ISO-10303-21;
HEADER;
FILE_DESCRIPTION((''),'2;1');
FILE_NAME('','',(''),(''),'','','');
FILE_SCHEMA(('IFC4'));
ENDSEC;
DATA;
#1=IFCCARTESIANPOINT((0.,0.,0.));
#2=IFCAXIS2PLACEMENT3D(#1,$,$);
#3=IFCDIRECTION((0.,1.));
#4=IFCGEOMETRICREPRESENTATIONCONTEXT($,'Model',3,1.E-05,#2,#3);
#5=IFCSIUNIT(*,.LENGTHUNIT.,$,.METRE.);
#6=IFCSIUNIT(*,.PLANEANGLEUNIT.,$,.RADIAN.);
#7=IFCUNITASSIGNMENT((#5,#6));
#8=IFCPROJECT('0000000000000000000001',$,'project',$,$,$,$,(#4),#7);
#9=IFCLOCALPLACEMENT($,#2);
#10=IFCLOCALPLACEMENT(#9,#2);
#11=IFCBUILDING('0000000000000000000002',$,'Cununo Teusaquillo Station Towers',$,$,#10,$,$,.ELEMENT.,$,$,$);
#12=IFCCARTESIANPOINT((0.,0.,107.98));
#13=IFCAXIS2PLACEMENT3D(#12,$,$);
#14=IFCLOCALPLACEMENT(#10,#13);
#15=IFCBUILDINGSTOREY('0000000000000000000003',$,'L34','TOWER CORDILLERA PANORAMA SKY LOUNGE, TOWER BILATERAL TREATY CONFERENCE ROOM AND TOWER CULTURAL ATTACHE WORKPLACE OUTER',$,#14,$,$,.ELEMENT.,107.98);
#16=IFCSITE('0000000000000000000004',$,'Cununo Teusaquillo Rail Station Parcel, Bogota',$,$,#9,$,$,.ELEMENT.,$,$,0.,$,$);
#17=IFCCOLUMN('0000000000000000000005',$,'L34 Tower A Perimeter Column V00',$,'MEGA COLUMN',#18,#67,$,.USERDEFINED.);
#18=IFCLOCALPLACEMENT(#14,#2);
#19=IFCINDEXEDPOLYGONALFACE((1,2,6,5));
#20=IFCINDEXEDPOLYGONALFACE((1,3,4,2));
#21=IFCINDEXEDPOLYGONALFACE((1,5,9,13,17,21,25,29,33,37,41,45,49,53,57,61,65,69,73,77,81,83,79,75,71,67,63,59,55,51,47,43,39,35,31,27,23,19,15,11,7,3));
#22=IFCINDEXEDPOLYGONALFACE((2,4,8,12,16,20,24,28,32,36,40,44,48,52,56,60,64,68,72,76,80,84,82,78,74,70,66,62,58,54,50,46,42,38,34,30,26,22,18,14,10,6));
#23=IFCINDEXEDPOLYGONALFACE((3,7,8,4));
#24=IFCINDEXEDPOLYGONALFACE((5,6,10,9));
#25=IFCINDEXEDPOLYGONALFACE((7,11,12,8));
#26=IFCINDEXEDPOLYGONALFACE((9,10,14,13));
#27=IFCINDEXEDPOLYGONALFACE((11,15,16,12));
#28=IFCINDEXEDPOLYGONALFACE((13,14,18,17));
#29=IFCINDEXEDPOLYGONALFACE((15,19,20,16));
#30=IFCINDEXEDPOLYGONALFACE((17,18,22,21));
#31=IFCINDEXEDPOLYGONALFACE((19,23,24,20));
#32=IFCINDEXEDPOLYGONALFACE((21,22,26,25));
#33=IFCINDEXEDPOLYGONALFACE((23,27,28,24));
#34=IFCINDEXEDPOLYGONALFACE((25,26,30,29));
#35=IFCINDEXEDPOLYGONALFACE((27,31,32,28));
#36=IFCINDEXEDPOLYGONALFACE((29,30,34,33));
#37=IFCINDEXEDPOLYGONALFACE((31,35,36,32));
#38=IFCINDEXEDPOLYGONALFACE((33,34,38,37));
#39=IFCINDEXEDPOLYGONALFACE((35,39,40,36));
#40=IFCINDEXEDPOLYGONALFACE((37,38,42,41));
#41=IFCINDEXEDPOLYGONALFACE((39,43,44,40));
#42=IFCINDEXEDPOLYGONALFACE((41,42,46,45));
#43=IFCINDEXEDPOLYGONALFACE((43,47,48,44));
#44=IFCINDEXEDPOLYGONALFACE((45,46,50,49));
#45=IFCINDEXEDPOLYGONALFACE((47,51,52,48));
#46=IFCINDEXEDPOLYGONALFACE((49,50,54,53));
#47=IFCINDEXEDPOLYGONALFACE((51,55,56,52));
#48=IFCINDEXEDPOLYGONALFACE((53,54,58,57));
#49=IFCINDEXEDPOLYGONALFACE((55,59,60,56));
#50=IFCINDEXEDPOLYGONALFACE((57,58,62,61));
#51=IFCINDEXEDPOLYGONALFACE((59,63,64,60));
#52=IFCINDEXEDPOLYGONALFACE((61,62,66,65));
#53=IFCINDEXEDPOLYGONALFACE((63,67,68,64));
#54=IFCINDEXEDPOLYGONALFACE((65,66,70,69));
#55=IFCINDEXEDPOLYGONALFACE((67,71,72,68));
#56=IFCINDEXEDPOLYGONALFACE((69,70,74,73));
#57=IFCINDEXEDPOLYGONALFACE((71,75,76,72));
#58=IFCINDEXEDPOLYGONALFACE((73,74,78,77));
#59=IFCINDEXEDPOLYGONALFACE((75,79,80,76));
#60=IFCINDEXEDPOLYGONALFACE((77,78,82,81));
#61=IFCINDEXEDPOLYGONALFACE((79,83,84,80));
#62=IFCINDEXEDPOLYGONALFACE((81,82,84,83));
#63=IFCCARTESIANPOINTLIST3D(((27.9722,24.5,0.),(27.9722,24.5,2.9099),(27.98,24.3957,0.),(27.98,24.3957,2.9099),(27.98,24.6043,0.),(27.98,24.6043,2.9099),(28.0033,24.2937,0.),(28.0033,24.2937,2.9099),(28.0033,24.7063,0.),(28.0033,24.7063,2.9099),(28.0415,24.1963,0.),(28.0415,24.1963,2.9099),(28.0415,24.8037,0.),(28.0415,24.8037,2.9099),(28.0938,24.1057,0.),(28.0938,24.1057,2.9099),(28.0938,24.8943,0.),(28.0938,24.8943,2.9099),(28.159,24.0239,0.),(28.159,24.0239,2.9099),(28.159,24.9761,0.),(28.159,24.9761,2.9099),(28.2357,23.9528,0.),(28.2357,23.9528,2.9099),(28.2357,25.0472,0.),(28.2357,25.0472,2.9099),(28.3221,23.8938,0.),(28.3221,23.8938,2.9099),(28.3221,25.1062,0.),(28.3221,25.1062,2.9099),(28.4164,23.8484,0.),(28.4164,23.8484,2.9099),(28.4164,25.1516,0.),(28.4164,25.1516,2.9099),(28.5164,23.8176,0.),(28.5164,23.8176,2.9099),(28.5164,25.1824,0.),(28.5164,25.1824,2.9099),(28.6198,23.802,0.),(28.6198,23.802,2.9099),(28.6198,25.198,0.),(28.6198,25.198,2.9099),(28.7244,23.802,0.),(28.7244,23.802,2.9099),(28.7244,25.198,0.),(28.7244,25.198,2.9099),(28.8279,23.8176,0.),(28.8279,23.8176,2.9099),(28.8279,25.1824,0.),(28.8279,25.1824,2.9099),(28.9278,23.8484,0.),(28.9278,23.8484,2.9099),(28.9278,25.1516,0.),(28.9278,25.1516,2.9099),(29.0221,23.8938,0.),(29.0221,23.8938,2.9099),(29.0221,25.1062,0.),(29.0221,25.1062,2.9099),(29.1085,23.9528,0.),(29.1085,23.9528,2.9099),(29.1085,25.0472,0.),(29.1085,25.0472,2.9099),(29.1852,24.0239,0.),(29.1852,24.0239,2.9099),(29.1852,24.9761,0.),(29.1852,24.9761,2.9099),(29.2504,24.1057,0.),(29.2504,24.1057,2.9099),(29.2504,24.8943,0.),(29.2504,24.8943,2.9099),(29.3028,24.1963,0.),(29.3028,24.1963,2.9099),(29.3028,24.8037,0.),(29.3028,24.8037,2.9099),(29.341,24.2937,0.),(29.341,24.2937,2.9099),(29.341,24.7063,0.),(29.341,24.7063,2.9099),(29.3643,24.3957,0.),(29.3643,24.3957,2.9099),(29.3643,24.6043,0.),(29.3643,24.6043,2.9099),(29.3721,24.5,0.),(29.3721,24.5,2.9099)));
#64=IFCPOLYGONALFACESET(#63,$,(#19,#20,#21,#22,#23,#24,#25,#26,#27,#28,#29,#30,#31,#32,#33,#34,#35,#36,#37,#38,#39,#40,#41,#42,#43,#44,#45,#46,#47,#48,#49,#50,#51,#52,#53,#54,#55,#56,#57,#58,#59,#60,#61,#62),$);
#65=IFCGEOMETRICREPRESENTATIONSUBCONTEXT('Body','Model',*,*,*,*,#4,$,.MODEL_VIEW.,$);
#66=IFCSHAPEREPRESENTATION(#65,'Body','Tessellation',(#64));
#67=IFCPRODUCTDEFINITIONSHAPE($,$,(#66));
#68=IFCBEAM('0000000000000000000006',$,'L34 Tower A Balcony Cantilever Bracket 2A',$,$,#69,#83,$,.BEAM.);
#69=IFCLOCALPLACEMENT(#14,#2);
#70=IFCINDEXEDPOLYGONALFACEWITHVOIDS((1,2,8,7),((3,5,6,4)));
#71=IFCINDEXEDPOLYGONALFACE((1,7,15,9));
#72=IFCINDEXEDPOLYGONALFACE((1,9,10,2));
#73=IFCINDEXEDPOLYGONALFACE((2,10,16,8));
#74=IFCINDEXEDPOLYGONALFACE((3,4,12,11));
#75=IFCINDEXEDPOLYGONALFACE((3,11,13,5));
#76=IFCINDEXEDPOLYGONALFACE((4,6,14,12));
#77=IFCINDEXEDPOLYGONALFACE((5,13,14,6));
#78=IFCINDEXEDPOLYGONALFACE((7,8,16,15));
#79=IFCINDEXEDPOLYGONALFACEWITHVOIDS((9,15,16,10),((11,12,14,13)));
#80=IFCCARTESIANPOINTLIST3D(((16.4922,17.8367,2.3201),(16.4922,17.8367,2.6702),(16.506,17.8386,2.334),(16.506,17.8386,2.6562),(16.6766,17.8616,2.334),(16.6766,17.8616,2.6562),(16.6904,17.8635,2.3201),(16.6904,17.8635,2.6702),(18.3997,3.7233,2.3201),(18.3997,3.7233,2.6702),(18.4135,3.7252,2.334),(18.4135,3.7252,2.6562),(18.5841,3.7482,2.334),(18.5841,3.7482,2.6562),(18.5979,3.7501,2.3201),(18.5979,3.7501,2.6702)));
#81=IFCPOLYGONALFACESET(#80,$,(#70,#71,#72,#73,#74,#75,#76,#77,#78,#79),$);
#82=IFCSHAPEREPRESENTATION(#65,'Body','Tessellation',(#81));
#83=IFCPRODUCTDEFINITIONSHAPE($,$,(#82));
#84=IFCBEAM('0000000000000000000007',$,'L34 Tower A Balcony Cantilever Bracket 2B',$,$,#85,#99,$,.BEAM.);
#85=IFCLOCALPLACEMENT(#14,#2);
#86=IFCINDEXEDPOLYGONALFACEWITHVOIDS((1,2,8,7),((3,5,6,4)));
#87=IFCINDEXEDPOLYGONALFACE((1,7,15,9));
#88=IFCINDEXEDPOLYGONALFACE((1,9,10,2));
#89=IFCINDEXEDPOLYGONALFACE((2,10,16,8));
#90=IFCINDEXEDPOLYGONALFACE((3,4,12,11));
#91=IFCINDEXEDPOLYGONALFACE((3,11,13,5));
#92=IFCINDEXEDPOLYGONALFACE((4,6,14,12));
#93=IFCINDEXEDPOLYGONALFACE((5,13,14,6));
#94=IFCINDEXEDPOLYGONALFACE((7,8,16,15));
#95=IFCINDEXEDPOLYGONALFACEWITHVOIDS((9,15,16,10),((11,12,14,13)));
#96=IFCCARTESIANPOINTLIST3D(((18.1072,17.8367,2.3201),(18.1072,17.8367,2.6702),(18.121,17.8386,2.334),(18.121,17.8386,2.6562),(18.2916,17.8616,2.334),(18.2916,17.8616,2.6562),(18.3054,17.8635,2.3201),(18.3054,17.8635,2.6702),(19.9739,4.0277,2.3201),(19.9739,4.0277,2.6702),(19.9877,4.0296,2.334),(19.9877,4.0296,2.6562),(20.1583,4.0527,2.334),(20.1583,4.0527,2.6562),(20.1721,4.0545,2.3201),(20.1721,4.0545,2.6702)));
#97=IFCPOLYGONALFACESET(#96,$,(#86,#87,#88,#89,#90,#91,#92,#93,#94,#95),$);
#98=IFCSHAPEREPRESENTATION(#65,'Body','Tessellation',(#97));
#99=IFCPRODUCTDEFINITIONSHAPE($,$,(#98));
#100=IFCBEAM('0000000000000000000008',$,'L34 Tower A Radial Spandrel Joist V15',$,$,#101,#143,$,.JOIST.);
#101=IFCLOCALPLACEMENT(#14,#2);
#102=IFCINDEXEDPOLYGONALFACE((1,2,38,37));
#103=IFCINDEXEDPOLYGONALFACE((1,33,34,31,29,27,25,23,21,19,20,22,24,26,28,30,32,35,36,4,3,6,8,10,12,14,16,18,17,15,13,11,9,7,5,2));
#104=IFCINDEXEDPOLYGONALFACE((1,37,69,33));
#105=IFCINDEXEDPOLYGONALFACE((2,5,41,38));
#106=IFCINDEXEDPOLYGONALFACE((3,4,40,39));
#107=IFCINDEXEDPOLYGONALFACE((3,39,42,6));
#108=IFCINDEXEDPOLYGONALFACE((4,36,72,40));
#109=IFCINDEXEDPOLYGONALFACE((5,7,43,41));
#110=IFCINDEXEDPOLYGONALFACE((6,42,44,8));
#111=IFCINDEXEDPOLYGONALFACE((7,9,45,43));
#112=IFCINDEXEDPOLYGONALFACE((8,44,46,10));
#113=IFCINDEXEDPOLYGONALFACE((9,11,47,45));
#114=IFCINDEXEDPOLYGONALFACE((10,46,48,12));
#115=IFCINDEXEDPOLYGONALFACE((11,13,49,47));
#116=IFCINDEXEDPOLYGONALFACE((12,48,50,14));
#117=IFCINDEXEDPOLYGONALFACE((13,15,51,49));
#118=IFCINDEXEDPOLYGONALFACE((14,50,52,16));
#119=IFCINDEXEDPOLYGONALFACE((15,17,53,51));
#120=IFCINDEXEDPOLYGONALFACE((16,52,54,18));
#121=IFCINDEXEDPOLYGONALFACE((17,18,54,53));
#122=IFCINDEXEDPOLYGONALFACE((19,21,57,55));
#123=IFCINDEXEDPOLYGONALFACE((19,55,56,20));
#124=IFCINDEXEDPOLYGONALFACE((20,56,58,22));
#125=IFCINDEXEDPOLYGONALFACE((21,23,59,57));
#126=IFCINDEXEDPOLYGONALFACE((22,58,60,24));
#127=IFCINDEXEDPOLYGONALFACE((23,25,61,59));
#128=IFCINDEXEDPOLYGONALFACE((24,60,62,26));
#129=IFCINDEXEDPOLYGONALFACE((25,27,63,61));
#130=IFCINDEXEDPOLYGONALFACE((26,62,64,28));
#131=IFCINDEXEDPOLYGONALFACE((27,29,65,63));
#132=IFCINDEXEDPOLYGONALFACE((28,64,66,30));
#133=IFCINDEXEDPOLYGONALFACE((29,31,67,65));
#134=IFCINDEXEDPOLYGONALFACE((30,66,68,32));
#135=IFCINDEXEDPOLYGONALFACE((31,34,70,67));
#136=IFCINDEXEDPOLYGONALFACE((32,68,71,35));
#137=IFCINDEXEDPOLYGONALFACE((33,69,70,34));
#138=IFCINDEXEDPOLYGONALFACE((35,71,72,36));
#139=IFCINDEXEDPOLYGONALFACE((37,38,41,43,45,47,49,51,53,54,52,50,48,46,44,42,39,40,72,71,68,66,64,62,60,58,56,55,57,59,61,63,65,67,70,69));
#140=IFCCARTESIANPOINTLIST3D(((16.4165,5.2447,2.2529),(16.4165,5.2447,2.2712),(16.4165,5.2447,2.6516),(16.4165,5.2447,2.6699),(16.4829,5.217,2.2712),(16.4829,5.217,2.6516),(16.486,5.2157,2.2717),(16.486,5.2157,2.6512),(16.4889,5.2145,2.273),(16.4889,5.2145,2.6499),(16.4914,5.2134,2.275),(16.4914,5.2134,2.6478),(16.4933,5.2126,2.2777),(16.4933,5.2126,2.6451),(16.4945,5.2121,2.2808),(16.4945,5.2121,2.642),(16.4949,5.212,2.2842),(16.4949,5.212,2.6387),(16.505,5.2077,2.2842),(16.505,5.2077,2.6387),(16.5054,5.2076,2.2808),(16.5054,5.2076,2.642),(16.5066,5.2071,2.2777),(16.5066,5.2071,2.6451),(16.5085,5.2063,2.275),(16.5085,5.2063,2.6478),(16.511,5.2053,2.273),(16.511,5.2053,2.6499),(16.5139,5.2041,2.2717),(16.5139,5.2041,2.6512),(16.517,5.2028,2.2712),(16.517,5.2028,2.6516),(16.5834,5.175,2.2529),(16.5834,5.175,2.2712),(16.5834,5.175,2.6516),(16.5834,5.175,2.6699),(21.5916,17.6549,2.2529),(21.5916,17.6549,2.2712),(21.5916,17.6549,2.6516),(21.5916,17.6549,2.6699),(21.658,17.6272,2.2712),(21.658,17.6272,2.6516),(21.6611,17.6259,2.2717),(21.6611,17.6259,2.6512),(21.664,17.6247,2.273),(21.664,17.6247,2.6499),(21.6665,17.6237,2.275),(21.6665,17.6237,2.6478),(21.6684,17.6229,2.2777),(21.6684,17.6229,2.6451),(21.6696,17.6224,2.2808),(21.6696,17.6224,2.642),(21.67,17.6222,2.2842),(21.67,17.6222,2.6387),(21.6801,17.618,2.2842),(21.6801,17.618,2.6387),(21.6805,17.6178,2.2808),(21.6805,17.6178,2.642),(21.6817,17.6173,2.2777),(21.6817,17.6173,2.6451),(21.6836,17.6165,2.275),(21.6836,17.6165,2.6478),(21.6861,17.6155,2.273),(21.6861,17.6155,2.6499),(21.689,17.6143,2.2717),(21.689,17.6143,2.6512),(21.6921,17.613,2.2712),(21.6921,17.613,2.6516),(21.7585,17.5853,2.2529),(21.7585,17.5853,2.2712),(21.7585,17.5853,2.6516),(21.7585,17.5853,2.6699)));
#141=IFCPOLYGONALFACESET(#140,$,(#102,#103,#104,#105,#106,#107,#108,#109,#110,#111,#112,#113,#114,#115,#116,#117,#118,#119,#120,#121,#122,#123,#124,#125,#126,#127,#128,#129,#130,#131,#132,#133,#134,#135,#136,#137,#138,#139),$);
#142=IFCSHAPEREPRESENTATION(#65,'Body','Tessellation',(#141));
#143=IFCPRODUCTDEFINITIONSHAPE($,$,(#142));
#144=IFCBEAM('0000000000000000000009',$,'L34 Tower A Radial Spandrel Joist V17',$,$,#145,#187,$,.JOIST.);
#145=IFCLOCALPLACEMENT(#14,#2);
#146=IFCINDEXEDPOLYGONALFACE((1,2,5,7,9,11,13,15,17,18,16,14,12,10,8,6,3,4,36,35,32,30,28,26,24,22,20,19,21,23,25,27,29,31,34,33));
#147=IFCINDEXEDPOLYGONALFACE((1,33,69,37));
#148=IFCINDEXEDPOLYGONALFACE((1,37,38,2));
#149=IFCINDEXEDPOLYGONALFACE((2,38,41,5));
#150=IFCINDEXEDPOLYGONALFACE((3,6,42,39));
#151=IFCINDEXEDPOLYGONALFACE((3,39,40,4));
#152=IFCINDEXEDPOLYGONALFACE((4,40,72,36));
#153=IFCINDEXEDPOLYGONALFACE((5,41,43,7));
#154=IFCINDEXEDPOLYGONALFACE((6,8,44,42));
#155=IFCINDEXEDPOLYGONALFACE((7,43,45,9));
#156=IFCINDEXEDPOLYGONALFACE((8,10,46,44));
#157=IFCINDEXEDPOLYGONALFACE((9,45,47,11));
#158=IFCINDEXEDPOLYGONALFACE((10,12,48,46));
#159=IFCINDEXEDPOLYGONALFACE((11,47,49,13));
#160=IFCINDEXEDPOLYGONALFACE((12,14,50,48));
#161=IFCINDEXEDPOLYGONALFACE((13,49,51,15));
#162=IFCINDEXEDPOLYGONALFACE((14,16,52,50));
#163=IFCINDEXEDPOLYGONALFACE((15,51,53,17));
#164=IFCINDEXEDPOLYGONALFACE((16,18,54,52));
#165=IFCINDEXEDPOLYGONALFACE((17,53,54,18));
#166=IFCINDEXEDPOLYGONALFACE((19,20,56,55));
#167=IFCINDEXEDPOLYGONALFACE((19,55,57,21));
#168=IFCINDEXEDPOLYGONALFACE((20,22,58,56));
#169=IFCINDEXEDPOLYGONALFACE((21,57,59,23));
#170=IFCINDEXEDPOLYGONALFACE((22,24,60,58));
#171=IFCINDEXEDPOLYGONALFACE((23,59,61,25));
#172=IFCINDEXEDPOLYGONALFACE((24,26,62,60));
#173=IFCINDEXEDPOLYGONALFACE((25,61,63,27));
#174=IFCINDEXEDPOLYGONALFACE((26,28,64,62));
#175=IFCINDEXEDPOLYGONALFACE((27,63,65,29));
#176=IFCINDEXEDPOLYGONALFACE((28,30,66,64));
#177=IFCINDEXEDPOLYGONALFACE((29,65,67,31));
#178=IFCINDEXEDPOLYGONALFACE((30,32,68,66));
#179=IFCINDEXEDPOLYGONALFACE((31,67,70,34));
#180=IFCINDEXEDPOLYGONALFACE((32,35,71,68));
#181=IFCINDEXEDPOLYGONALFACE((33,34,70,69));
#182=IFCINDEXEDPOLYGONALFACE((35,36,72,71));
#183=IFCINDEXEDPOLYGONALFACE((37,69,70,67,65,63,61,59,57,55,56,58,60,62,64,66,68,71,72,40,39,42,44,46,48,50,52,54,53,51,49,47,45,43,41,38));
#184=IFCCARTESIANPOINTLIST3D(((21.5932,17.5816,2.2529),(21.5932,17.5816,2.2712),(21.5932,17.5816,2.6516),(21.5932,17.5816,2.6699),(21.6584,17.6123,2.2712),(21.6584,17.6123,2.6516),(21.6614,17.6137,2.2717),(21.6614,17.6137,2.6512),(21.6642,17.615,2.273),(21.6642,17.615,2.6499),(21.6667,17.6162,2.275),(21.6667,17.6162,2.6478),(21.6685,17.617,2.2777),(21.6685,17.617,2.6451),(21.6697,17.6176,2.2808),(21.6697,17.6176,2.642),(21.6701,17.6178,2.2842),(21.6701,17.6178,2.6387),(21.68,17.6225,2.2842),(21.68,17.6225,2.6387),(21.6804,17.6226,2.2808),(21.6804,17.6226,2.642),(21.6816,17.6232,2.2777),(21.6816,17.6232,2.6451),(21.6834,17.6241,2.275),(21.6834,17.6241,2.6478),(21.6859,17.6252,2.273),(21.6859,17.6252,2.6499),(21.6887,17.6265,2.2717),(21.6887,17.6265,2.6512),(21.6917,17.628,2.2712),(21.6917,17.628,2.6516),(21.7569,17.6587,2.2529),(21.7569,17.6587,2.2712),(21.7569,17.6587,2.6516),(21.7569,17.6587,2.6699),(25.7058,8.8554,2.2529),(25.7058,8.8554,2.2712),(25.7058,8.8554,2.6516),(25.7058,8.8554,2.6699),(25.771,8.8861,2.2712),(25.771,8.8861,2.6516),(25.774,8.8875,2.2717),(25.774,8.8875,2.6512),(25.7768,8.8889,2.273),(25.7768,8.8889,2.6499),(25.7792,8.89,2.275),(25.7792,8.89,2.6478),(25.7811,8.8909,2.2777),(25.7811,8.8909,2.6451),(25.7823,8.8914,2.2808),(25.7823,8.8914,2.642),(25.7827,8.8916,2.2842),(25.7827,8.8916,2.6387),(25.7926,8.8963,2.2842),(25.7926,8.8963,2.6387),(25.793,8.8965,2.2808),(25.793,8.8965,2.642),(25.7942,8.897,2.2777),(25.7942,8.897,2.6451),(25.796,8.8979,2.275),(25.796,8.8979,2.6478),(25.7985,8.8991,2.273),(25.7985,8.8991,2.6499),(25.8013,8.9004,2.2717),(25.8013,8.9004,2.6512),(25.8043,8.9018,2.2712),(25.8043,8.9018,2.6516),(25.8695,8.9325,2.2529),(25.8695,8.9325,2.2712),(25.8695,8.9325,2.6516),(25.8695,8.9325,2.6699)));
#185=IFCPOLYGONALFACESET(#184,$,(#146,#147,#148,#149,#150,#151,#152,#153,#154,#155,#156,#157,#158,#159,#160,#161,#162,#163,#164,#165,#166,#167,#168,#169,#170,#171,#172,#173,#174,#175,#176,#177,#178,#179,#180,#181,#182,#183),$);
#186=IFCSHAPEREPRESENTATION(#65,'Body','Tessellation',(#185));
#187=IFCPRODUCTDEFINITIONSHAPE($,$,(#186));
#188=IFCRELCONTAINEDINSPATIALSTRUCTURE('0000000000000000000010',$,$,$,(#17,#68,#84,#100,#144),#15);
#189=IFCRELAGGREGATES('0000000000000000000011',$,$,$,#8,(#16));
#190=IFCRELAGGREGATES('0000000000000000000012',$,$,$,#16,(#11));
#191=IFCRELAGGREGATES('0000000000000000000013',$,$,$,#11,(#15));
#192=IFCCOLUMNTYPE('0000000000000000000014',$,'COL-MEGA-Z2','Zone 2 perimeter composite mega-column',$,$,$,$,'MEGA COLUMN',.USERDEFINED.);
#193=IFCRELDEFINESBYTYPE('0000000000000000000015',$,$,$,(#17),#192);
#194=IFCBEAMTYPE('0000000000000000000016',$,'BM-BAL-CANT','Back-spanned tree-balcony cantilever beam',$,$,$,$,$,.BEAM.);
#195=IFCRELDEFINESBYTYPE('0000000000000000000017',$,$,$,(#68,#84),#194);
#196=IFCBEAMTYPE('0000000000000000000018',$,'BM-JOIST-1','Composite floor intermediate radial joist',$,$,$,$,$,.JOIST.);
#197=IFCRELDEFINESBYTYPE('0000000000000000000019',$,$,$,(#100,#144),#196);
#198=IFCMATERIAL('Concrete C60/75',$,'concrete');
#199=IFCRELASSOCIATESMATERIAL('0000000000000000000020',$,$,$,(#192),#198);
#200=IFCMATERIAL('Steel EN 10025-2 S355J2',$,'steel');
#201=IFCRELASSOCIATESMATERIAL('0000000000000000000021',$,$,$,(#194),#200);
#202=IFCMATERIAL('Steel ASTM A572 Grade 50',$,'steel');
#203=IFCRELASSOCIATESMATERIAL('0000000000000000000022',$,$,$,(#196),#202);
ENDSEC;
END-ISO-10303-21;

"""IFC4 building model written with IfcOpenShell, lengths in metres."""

from ifc_helpers import new_model, si_unit, direction, frame, origin, origin_2d, place, context, subcontext, project, spatial, hollow_rectangle, circle, i_section, extrude, material, material_profile, profile_set, type_object, element, save


model = new_model("IFC4")

# Units and contexts
model_context = context("Model", 3, precision=1e-05, world=origin(), true_north=direction((0.0, 1.0)))
body_context = subcontext(model_context, "Body", "Model", "MODEL_VIEW")
ifc_project = project(units=[si_unit("LENGTHUNIT", "METRE"), si_unit("PLANEANGLEUNIT", "RADIAN")], contexts=[model_context])

# Site, building, storey
site_placement = place(None, origin())
site = spatial("IfcSite", under=ifc_project, at=site_placement, Name="Cununo Teusaquillo Rail Station Parcel, Bogota", CompositionType="ELEMENT", RefElevation=0.0)
building_placement = place(site_placement, origin())
building = spatial("IfcBuilding", under=site, at=building_placement, Name="Cununo Teusaquillo Station Towers", CompositionType="ELEMENT")
storey_placement = place(building_placement, frame((0.0, 0.0, 107.98)))
storey = spatial("IfcBuildingStorey", under=building, at=storey_placement, Name="L34", Description="TOWER CORDILLERA PANORAMA SKY LOUNGE, TOWER BILATERAL TREATY CONFERENCE ROOM AND TOWER CULTURAL ATTACHE WORKPLACE OUTER", CompositionType="ELEMENT", Elevation=107.98)

# Column
ifc_material_1 = material(Name="Concrete C60/75", Category="concrete")
ifc_material_profile_1 = material_profile(ifc_material_1, circle(Radius=0.7, at=origin_2d()), Name="RC-CIRC-1400")
ifc_profile_set_1 = profile_set([ifc_material_profile_1], Name="Concrete C60/75")
column_type = type_object("IfcColumnType", Name="COL-MEGA-Z2", Description="Zone 2 perimeter composite mega-column", ElementType="MEGA COLUMN", PredefinedType="USERDEFINED", material=ifc_profile_set_1)
column_placement = place(storey_placement, frame((28.6721, 24.5, 0.0), z_axis=(0.0, 0.0, 1.0), x_axis=(1.0, 0.0, 0.0)))
element("IfcColumn", 1, at=column_placement, inside=storey, type_object=column_type, Name="L34 Tower A Perimeter Column V00", ObjectType="MEGA COLUMN", PredefinedType="USERDEFINED", context=body_context, shape_type="SweptSolid", body=[
    extrude(circle(Radius=0.7, at=origin_2d()), origin(), (0.0, 0.0, 1.0), 2.9099),
])

# Beams
ifc_material_2 = material(Name="Steel EN 10025-2 S355J2", Category="steel")
ifc_material_profile_2 = material_profile(ifc_material_2, hollow_rectangle(XDim=0.2, YDim=0.3501, WallThickness=0.0139, at=origin_2d()), Name="RHS 350x200x14")
ifc_profile_set_2 = profile_set([ifc_material_profile_2], Name="Steel EN 10025-2 S355J2")
beam_type_1 = type_object("IfcBeamType", Name="BM-BAL-CANT", Description="Back-spanned tree-balcony cantilever beam", PredefinedType="BEAM", material=ifc_profile_set_2)
beam_1_placement = place(storey_placement, frame((16.5913, 17.8501, 2.4951), z_axis=(0.133937, -0.99099, 0.0), x_axis=(0.99099, 0.133937, 0.0)))
element("IfcBeam", 2, at=beam_1_placement, inside=storey, type_object=beam_type_1, Name="L34 Tower A Balcony Cantilever Bracket 2A", PredefinedType="BEAM", context=body_context, shape_type="SweptSolid", body=[
    extrude(hollow_rectangle(XDim=0.2, YDim=0.3501, WallThickness=0.0139, at=origin_2d()), origin(), (0.0, 0.0, 1.0), 14.2417),
])
beam_2_placement = place(storey_placement, frame((18.2063, 17.8501, 2.4951), z_axis=(0.133961, -0.990987, 0.0), x_axis=(0.990987, 0.133961, 0.0)))
element("IfcBeam", 3, at=beam_2_placement, inside=storey, type_object=beam_type_1, Name="L34 Tower A Balcony Cantilever Bracket 2B", PredefinedType="BEAM", context=body_context, shape_type="SweptSolid", body=[
    extrude(hollow_rectangle(XDim=0.2, YDim=0.3501, WallThickness=0.0139, at=origin_2d()), origin(), (0.0, 0.0, 1.0), 13.9346),
])
ifc_material_3 = material(Name="Steel ASTM A572 Grade 50", Category="steel")
ifc_material_profile_3 = material_profile(ifc_material_3, i_section(OverallWidth=0.1809, OverallDepth=0.417, WebThickness=0.011, FlangeThickness=0.0183, FilletRadius=0.0129, at=origin_2d()), Name="W16X57")
ifc_profile_set_3 = profile_set([ifc_material_profile_3], Name="Steel ASTM A572 Grade 50")
beam_type_2 = type_object("IfcBeamType", Name="BM-JOIST-1", Description="Composite floor intermediate radial joist", PredefinedType="JOIST", material=ifc_profile_set_3)
beam_3_placement = place(storey_placement, frame((21.675, 17.6201, 2.4614), z_axis=(-0.384878, -0.922967, 0.0), x_axis=(0.922967, -0.384878, 0.0)))
element("IfcBeam", 4, at=beam_3_placement, inside=storey, type_object=beam_type_2, Name="L34 Tower A Radial Spandrel Joist V15", PredefinedType="JOIST", context=body_context, shape_type="SweptSolid", body=[
    extrude(i_section(OverallWidth=0.1809, OverallDepth=0.417, WebThickness=0.011, FlangeThickness=0.0183, FilletRadius=0.0129, at=origin_2d()), origin(), (0.0, 0.0, 1.0), 13.446),
])
beam_4_placement = place(storey_placement, frame((21.675, 17.6201, 2.4614), z_axis=(0.42632, -0.904572, 0.0), x_axis=(0.904572, 0.42632, 0.0)))
element("IfcBeam", 5, at=beam_4_placement, inside=storey, type_object=beam_type_2, Name="L34 Tower A Radial Spandrel Joist V17", PredefinedType="JOIST", context=body_context, shape_type="SweptSolid", body=[
    extrude(i_section(OverallWidth=0.1809, OverallDepth=0.417, WebThickness=0.011, FlangeThickness=0.0183, FilletRadius=0.0129, at=origin_2d()), origin(), (0.0, 0.0, 1.0), 9.6467),
])

save(model, "model.ifc")
